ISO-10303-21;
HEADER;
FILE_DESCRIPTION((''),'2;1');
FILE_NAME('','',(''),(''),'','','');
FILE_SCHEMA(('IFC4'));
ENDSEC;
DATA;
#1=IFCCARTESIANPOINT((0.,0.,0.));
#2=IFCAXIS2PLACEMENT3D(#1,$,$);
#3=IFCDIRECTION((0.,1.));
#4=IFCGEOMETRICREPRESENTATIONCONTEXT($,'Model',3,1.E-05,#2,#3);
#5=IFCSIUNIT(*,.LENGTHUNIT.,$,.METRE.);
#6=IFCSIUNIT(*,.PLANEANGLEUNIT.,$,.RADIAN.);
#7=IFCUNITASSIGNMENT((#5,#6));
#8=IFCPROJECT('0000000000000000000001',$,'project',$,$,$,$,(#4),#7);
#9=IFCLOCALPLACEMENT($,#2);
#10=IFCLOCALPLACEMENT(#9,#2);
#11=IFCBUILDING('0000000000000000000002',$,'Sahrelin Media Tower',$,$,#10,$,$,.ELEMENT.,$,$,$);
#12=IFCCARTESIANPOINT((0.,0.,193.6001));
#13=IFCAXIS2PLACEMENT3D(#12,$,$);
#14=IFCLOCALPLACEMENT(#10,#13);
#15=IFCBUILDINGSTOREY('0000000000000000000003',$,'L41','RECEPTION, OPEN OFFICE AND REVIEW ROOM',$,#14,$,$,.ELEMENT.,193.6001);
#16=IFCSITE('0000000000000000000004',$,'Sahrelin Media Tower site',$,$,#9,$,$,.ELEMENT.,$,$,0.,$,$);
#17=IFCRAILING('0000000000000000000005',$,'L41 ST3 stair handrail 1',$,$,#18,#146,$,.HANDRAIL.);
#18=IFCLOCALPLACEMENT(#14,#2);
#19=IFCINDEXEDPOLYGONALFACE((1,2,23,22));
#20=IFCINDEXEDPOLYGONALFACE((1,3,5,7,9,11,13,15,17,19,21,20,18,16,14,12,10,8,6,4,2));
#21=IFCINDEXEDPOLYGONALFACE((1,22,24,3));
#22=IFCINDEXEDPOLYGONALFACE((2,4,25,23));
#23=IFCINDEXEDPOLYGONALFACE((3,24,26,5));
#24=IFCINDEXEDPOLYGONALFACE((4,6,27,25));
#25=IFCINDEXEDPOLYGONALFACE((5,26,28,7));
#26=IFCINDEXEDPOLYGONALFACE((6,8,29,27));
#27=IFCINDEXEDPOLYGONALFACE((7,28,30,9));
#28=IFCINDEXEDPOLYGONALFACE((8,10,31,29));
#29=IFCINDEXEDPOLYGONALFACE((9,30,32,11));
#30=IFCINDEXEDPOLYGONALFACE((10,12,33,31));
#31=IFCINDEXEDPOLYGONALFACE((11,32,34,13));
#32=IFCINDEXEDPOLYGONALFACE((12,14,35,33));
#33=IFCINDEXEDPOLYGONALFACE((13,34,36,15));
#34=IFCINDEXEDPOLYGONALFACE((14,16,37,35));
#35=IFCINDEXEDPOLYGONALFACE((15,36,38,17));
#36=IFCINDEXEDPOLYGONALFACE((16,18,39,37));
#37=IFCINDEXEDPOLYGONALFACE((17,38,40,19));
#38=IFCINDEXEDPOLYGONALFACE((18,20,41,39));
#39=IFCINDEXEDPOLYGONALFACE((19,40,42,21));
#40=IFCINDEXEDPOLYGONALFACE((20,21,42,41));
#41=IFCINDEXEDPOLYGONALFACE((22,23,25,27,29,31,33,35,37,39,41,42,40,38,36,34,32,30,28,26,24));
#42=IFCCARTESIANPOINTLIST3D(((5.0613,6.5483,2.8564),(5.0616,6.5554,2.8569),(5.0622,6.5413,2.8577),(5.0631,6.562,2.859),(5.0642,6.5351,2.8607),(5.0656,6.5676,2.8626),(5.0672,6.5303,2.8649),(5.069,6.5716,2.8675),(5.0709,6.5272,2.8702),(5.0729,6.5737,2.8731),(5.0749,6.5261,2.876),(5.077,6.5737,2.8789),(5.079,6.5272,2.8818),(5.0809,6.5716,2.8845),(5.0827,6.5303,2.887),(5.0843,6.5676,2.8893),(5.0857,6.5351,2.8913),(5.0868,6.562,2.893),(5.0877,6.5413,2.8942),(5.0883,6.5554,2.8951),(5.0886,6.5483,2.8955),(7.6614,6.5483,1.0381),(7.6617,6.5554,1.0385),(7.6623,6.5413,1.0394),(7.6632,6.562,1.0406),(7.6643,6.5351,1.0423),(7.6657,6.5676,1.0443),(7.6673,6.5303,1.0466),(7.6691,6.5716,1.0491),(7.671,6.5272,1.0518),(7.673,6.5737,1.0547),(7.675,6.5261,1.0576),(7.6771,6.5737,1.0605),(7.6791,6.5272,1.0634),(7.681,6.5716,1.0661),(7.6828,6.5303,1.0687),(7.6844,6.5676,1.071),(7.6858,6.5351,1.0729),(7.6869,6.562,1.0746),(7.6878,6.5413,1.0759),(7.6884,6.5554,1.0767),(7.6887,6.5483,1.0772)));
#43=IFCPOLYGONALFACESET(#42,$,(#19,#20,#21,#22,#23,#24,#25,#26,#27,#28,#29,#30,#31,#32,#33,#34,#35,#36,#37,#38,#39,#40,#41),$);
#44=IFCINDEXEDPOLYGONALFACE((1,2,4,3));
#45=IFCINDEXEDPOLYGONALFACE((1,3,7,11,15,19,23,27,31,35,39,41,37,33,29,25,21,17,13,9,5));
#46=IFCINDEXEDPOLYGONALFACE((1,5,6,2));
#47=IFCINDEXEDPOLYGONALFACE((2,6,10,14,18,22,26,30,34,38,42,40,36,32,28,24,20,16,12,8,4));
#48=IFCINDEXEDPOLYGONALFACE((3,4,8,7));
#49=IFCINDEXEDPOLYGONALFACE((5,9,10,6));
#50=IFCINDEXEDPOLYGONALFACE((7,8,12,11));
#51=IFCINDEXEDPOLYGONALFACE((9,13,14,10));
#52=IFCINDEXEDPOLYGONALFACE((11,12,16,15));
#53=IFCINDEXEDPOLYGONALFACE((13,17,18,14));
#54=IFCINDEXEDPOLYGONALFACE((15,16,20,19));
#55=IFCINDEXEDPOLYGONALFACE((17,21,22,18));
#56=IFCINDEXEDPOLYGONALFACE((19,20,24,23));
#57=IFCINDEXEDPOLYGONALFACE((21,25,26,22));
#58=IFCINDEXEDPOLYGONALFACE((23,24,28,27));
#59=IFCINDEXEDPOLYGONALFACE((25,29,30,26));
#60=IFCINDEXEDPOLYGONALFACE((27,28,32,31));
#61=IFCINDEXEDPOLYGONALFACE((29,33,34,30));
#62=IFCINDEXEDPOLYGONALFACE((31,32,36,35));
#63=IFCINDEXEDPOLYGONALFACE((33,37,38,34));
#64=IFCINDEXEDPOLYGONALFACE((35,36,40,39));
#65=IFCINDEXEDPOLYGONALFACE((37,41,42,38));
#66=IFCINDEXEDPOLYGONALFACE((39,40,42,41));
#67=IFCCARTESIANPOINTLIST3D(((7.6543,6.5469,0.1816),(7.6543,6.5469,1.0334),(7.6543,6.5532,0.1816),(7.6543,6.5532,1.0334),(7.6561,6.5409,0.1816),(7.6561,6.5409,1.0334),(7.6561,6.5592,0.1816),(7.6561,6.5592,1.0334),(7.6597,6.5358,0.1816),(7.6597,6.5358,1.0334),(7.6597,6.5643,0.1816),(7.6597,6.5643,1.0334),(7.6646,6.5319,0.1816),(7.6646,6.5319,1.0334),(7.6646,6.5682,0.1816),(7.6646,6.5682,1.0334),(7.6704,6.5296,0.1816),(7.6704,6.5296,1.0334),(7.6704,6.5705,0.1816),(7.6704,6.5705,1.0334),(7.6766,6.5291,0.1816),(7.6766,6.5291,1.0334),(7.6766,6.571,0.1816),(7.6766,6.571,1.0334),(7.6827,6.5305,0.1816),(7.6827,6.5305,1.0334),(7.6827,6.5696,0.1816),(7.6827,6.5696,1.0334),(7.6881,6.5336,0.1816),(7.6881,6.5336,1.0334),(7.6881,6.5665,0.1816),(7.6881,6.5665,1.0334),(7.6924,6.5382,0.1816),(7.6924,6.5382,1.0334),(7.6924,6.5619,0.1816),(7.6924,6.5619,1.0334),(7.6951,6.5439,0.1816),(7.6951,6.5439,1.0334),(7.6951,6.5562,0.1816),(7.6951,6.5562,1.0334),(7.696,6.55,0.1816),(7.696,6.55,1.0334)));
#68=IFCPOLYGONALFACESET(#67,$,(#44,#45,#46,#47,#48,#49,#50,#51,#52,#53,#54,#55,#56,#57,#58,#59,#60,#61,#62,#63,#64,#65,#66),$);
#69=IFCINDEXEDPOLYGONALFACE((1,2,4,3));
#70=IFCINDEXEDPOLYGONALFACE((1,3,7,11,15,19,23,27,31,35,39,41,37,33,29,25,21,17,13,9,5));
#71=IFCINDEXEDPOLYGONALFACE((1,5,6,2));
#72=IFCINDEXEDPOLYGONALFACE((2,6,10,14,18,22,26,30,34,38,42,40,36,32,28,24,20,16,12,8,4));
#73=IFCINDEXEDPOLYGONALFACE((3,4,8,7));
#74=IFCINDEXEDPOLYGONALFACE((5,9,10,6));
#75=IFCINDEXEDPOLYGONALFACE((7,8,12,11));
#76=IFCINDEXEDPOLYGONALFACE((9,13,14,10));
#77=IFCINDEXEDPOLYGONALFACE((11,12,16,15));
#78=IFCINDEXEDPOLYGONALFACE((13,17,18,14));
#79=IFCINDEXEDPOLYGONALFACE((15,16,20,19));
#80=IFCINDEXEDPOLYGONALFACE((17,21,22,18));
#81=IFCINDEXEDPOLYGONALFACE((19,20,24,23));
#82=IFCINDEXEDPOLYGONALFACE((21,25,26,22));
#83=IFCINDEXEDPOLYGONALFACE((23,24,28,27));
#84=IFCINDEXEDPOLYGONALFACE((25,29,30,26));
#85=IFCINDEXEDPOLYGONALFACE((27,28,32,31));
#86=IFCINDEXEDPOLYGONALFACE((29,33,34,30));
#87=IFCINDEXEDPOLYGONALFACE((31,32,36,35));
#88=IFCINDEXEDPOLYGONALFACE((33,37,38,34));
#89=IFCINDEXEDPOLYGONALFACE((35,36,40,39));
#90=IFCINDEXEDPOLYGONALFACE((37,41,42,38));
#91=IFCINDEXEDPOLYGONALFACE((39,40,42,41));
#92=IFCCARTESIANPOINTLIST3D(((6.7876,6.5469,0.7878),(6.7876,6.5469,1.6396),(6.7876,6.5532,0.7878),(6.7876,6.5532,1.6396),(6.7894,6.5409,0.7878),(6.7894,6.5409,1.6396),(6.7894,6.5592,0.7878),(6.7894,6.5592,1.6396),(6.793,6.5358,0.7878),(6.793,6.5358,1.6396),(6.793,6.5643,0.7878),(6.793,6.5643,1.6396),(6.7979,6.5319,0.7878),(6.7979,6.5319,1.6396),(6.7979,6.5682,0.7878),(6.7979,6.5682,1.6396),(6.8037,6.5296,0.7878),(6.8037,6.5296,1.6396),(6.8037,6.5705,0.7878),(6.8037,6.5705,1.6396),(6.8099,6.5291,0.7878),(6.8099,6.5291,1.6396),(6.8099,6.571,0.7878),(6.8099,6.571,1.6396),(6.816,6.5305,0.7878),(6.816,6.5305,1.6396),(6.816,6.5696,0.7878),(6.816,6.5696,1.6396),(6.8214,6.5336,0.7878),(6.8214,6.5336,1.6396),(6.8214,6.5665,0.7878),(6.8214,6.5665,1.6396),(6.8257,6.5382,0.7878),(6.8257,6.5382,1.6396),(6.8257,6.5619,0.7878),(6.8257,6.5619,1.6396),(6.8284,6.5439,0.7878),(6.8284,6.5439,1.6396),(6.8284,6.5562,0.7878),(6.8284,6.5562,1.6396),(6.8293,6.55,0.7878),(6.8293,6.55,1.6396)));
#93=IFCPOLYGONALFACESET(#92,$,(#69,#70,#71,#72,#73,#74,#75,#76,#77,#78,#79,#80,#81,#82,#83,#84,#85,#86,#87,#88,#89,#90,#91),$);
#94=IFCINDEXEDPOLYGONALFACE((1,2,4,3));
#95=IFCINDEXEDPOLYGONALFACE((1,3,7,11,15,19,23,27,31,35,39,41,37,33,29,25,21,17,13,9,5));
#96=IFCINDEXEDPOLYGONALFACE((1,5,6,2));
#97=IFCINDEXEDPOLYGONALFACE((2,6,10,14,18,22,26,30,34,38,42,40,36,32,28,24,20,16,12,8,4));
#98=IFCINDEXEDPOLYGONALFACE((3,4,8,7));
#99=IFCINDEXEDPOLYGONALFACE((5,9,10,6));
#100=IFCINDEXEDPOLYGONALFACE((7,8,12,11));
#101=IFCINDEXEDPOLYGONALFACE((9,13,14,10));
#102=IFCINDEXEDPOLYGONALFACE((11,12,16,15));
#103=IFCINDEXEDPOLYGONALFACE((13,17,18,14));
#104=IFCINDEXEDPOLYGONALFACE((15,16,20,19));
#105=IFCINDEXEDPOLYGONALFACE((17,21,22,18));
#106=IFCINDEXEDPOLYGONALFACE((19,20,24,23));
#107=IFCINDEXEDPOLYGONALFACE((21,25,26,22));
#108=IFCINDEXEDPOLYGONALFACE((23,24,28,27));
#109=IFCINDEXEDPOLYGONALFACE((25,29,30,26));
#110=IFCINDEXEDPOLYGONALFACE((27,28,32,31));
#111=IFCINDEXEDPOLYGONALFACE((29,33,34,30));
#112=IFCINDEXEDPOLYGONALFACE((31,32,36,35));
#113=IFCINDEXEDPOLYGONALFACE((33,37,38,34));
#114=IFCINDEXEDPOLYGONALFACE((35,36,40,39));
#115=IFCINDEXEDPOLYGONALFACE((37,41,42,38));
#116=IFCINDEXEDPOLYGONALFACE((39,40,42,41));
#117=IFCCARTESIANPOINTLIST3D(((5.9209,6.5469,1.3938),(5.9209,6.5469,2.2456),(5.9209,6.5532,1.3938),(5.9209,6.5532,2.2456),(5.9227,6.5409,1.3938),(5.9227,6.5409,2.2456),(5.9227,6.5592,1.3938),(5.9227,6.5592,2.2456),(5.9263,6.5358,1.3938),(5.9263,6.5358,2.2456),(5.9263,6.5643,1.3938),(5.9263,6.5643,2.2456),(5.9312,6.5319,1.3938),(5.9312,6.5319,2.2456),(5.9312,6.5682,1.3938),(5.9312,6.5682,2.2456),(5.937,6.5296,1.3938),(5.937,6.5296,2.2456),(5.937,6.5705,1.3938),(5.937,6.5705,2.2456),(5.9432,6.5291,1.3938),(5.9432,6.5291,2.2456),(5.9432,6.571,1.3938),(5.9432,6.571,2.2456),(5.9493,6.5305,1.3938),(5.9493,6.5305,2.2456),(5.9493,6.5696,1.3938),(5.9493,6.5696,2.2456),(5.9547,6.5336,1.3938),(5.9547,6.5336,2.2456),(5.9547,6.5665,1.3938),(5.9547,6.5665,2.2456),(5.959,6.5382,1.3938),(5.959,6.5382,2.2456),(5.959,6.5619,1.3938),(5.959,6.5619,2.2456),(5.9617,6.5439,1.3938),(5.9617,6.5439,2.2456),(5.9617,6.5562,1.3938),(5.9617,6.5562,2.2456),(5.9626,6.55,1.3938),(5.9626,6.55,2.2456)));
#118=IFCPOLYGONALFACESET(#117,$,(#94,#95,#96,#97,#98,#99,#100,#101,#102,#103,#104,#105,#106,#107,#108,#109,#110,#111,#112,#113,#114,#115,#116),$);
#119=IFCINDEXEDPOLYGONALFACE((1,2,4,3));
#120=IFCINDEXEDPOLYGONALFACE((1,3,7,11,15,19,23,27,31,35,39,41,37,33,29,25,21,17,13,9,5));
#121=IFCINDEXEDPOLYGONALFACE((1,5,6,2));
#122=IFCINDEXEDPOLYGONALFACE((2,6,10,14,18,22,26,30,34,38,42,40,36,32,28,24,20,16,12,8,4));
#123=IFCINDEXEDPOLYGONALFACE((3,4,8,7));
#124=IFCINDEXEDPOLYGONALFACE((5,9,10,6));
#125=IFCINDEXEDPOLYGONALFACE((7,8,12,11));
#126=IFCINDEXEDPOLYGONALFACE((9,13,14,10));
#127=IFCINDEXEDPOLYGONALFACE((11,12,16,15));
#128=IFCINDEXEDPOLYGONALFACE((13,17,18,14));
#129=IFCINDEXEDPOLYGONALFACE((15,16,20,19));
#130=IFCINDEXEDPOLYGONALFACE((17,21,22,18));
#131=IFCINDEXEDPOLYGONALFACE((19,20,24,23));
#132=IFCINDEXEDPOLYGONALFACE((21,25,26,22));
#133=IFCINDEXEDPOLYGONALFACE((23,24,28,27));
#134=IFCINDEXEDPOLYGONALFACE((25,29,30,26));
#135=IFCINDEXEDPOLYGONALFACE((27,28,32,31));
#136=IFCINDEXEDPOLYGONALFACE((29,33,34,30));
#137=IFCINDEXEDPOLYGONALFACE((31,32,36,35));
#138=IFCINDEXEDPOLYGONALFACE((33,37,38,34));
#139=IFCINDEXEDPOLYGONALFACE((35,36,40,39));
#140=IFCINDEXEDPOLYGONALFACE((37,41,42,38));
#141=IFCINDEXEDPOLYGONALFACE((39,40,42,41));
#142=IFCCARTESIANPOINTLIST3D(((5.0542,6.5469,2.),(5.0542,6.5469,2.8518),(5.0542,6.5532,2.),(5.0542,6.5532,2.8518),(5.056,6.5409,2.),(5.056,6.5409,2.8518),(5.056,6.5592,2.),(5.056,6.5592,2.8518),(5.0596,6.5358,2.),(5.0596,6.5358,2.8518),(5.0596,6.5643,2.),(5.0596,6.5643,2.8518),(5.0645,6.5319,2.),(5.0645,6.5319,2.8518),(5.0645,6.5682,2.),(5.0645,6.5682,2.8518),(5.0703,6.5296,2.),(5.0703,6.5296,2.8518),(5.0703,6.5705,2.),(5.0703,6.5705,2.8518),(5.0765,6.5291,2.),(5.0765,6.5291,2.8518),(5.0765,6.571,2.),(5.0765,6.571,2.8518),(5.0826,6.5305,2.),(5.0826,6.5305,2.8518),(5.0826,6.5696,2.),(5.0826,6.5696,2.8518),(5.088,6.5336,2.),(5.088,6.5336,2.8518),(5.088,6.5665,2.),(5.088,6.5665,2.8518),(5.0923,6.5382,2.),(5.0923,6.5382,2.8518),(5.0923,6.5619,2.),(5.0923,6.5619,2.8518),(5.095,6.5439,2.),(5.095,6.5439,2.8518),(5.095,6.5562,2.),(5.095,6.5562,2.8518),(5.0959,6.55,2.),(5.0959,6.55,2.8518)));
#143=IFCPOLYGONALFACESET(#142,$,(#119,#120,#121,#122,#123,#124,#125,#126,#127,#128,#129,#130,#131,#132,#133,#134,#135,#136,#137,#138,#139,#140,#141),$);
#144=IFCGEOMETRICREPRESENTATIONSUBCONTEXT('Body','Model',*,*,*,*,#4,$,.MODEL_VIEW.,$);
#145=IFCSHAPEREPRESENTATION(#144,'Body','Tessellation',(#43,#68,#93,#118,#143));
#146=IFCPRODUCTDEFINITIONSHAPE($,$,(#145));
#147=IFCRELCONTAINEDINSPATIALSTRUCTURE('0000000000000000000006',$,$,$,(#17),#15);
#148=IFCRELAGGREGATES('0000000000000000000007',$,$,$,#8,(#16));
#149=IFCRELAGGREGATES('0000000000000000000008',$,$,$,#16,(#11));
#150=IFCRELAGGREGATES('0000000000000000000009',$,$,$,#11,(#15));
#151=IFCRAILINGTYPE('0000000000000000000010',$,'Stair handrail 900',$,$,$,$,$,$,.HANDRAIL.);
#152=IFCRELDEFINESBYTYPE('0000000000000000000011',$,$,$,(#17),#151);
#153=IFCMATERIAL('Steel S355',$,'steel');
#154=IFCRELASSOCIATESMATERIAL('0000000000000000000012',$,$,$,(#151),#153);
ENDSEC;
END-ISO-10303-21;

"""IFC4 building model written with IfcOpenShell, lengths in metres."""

from ifc_helpers import new_model, si_unit, direction, frame, origin, origin_2d, place, context, subcontext, project, spatial, circle, extrude, material, type_object, element, save


model = new_model("IFC4")

# Units and contexts
model_context = context("Model", 3, precision=1e-05, world=origin(), true_north=direction((0.0, 1.0)))
body_context = subcontext(model_context, "Body", "Model", "MODEL_VIEW")
ifc_project = project(units=[si_unit("LENGTHUNIT", "METRE"), si_unit("PLANEANGLEUNIT", "RADIAN")], contexts=[model_context])

# Site, building, storey
site_placement = place(None, origin())
site = spatial("IfcSite", under=ifc_project, at=site_placement, Name="Sahrelin Media Tower site", CompositionType="ELEMENT", RefElevation=0.0)
building_placement = place(site_placement, origin())
building = spatial("IfcBuilding", under=site, at=building_placement, Name="Sahrelin Media Tower", CompositionType="ELEMENT")
storey_placement = place(building_placement, frame((0.0, 0.0, 193.6001)))
storey = spatial("IfcBuildingStorey", under=building, at=storey_placement, Name="L41", Description="RECEPTION, OPEN OFFICE AND REVIEW ROOM", CompositionType="ELEMENT", Elevation=193.6001)

# Shared definitions
ifc_material_1 = material(Name="Steel S355", Category="steel")

# Railing
railing_type_1 = type_object("IfcRailingType", Name="Stair handrail 900", PredefinedType="HANDRAIL", material=ifc_material_1)
railing_1_placement = place(storey_placement, frame((7.675, 6.55, 0.1816)))
element("IfcRailing", 1, at=railing_1_placement, inside=storey, type_object=railing_type_1, Name="L41 ST3 stair handrail 1", PredefinedType="HANDRAIL", context=body_context, shape_type="SweptSolid", body=[
    extrude(circle(Radius=0.0239, at=origin_2d()), frame((0.0, 0.0, 0.876), z_axis=(-0.819485, 0.0, 0.573101), x_axis=(0.0, -1.0, 0.0)), (0.0, 0.0, 1.0), 3.1729),
    extrude(circle(Radius=0.021, at=origin_2d()), origin(), (0.0, 0.0, 1.0), 0.8518),
    extrude(circle(Radius=0.021, at=origin_2d()), frame((-0.8667, 0.0, 0.6062)), (0.0, 0.0, 1.0), 0.8518),
    extrude(circle(Radius=0.021, at=origin_2d()), frame((-1.7334, 0.0, 1.2122)), (0.0, 0.0, 1.0), 0.8518),
    extrude(circle(Radius=0.021, at=origin_2d()), frame((-2.6001, 0.0, 1.8184)), (0.0, 0.0, 1.0), 0.8518),
])

save(model, "model.ifc")
